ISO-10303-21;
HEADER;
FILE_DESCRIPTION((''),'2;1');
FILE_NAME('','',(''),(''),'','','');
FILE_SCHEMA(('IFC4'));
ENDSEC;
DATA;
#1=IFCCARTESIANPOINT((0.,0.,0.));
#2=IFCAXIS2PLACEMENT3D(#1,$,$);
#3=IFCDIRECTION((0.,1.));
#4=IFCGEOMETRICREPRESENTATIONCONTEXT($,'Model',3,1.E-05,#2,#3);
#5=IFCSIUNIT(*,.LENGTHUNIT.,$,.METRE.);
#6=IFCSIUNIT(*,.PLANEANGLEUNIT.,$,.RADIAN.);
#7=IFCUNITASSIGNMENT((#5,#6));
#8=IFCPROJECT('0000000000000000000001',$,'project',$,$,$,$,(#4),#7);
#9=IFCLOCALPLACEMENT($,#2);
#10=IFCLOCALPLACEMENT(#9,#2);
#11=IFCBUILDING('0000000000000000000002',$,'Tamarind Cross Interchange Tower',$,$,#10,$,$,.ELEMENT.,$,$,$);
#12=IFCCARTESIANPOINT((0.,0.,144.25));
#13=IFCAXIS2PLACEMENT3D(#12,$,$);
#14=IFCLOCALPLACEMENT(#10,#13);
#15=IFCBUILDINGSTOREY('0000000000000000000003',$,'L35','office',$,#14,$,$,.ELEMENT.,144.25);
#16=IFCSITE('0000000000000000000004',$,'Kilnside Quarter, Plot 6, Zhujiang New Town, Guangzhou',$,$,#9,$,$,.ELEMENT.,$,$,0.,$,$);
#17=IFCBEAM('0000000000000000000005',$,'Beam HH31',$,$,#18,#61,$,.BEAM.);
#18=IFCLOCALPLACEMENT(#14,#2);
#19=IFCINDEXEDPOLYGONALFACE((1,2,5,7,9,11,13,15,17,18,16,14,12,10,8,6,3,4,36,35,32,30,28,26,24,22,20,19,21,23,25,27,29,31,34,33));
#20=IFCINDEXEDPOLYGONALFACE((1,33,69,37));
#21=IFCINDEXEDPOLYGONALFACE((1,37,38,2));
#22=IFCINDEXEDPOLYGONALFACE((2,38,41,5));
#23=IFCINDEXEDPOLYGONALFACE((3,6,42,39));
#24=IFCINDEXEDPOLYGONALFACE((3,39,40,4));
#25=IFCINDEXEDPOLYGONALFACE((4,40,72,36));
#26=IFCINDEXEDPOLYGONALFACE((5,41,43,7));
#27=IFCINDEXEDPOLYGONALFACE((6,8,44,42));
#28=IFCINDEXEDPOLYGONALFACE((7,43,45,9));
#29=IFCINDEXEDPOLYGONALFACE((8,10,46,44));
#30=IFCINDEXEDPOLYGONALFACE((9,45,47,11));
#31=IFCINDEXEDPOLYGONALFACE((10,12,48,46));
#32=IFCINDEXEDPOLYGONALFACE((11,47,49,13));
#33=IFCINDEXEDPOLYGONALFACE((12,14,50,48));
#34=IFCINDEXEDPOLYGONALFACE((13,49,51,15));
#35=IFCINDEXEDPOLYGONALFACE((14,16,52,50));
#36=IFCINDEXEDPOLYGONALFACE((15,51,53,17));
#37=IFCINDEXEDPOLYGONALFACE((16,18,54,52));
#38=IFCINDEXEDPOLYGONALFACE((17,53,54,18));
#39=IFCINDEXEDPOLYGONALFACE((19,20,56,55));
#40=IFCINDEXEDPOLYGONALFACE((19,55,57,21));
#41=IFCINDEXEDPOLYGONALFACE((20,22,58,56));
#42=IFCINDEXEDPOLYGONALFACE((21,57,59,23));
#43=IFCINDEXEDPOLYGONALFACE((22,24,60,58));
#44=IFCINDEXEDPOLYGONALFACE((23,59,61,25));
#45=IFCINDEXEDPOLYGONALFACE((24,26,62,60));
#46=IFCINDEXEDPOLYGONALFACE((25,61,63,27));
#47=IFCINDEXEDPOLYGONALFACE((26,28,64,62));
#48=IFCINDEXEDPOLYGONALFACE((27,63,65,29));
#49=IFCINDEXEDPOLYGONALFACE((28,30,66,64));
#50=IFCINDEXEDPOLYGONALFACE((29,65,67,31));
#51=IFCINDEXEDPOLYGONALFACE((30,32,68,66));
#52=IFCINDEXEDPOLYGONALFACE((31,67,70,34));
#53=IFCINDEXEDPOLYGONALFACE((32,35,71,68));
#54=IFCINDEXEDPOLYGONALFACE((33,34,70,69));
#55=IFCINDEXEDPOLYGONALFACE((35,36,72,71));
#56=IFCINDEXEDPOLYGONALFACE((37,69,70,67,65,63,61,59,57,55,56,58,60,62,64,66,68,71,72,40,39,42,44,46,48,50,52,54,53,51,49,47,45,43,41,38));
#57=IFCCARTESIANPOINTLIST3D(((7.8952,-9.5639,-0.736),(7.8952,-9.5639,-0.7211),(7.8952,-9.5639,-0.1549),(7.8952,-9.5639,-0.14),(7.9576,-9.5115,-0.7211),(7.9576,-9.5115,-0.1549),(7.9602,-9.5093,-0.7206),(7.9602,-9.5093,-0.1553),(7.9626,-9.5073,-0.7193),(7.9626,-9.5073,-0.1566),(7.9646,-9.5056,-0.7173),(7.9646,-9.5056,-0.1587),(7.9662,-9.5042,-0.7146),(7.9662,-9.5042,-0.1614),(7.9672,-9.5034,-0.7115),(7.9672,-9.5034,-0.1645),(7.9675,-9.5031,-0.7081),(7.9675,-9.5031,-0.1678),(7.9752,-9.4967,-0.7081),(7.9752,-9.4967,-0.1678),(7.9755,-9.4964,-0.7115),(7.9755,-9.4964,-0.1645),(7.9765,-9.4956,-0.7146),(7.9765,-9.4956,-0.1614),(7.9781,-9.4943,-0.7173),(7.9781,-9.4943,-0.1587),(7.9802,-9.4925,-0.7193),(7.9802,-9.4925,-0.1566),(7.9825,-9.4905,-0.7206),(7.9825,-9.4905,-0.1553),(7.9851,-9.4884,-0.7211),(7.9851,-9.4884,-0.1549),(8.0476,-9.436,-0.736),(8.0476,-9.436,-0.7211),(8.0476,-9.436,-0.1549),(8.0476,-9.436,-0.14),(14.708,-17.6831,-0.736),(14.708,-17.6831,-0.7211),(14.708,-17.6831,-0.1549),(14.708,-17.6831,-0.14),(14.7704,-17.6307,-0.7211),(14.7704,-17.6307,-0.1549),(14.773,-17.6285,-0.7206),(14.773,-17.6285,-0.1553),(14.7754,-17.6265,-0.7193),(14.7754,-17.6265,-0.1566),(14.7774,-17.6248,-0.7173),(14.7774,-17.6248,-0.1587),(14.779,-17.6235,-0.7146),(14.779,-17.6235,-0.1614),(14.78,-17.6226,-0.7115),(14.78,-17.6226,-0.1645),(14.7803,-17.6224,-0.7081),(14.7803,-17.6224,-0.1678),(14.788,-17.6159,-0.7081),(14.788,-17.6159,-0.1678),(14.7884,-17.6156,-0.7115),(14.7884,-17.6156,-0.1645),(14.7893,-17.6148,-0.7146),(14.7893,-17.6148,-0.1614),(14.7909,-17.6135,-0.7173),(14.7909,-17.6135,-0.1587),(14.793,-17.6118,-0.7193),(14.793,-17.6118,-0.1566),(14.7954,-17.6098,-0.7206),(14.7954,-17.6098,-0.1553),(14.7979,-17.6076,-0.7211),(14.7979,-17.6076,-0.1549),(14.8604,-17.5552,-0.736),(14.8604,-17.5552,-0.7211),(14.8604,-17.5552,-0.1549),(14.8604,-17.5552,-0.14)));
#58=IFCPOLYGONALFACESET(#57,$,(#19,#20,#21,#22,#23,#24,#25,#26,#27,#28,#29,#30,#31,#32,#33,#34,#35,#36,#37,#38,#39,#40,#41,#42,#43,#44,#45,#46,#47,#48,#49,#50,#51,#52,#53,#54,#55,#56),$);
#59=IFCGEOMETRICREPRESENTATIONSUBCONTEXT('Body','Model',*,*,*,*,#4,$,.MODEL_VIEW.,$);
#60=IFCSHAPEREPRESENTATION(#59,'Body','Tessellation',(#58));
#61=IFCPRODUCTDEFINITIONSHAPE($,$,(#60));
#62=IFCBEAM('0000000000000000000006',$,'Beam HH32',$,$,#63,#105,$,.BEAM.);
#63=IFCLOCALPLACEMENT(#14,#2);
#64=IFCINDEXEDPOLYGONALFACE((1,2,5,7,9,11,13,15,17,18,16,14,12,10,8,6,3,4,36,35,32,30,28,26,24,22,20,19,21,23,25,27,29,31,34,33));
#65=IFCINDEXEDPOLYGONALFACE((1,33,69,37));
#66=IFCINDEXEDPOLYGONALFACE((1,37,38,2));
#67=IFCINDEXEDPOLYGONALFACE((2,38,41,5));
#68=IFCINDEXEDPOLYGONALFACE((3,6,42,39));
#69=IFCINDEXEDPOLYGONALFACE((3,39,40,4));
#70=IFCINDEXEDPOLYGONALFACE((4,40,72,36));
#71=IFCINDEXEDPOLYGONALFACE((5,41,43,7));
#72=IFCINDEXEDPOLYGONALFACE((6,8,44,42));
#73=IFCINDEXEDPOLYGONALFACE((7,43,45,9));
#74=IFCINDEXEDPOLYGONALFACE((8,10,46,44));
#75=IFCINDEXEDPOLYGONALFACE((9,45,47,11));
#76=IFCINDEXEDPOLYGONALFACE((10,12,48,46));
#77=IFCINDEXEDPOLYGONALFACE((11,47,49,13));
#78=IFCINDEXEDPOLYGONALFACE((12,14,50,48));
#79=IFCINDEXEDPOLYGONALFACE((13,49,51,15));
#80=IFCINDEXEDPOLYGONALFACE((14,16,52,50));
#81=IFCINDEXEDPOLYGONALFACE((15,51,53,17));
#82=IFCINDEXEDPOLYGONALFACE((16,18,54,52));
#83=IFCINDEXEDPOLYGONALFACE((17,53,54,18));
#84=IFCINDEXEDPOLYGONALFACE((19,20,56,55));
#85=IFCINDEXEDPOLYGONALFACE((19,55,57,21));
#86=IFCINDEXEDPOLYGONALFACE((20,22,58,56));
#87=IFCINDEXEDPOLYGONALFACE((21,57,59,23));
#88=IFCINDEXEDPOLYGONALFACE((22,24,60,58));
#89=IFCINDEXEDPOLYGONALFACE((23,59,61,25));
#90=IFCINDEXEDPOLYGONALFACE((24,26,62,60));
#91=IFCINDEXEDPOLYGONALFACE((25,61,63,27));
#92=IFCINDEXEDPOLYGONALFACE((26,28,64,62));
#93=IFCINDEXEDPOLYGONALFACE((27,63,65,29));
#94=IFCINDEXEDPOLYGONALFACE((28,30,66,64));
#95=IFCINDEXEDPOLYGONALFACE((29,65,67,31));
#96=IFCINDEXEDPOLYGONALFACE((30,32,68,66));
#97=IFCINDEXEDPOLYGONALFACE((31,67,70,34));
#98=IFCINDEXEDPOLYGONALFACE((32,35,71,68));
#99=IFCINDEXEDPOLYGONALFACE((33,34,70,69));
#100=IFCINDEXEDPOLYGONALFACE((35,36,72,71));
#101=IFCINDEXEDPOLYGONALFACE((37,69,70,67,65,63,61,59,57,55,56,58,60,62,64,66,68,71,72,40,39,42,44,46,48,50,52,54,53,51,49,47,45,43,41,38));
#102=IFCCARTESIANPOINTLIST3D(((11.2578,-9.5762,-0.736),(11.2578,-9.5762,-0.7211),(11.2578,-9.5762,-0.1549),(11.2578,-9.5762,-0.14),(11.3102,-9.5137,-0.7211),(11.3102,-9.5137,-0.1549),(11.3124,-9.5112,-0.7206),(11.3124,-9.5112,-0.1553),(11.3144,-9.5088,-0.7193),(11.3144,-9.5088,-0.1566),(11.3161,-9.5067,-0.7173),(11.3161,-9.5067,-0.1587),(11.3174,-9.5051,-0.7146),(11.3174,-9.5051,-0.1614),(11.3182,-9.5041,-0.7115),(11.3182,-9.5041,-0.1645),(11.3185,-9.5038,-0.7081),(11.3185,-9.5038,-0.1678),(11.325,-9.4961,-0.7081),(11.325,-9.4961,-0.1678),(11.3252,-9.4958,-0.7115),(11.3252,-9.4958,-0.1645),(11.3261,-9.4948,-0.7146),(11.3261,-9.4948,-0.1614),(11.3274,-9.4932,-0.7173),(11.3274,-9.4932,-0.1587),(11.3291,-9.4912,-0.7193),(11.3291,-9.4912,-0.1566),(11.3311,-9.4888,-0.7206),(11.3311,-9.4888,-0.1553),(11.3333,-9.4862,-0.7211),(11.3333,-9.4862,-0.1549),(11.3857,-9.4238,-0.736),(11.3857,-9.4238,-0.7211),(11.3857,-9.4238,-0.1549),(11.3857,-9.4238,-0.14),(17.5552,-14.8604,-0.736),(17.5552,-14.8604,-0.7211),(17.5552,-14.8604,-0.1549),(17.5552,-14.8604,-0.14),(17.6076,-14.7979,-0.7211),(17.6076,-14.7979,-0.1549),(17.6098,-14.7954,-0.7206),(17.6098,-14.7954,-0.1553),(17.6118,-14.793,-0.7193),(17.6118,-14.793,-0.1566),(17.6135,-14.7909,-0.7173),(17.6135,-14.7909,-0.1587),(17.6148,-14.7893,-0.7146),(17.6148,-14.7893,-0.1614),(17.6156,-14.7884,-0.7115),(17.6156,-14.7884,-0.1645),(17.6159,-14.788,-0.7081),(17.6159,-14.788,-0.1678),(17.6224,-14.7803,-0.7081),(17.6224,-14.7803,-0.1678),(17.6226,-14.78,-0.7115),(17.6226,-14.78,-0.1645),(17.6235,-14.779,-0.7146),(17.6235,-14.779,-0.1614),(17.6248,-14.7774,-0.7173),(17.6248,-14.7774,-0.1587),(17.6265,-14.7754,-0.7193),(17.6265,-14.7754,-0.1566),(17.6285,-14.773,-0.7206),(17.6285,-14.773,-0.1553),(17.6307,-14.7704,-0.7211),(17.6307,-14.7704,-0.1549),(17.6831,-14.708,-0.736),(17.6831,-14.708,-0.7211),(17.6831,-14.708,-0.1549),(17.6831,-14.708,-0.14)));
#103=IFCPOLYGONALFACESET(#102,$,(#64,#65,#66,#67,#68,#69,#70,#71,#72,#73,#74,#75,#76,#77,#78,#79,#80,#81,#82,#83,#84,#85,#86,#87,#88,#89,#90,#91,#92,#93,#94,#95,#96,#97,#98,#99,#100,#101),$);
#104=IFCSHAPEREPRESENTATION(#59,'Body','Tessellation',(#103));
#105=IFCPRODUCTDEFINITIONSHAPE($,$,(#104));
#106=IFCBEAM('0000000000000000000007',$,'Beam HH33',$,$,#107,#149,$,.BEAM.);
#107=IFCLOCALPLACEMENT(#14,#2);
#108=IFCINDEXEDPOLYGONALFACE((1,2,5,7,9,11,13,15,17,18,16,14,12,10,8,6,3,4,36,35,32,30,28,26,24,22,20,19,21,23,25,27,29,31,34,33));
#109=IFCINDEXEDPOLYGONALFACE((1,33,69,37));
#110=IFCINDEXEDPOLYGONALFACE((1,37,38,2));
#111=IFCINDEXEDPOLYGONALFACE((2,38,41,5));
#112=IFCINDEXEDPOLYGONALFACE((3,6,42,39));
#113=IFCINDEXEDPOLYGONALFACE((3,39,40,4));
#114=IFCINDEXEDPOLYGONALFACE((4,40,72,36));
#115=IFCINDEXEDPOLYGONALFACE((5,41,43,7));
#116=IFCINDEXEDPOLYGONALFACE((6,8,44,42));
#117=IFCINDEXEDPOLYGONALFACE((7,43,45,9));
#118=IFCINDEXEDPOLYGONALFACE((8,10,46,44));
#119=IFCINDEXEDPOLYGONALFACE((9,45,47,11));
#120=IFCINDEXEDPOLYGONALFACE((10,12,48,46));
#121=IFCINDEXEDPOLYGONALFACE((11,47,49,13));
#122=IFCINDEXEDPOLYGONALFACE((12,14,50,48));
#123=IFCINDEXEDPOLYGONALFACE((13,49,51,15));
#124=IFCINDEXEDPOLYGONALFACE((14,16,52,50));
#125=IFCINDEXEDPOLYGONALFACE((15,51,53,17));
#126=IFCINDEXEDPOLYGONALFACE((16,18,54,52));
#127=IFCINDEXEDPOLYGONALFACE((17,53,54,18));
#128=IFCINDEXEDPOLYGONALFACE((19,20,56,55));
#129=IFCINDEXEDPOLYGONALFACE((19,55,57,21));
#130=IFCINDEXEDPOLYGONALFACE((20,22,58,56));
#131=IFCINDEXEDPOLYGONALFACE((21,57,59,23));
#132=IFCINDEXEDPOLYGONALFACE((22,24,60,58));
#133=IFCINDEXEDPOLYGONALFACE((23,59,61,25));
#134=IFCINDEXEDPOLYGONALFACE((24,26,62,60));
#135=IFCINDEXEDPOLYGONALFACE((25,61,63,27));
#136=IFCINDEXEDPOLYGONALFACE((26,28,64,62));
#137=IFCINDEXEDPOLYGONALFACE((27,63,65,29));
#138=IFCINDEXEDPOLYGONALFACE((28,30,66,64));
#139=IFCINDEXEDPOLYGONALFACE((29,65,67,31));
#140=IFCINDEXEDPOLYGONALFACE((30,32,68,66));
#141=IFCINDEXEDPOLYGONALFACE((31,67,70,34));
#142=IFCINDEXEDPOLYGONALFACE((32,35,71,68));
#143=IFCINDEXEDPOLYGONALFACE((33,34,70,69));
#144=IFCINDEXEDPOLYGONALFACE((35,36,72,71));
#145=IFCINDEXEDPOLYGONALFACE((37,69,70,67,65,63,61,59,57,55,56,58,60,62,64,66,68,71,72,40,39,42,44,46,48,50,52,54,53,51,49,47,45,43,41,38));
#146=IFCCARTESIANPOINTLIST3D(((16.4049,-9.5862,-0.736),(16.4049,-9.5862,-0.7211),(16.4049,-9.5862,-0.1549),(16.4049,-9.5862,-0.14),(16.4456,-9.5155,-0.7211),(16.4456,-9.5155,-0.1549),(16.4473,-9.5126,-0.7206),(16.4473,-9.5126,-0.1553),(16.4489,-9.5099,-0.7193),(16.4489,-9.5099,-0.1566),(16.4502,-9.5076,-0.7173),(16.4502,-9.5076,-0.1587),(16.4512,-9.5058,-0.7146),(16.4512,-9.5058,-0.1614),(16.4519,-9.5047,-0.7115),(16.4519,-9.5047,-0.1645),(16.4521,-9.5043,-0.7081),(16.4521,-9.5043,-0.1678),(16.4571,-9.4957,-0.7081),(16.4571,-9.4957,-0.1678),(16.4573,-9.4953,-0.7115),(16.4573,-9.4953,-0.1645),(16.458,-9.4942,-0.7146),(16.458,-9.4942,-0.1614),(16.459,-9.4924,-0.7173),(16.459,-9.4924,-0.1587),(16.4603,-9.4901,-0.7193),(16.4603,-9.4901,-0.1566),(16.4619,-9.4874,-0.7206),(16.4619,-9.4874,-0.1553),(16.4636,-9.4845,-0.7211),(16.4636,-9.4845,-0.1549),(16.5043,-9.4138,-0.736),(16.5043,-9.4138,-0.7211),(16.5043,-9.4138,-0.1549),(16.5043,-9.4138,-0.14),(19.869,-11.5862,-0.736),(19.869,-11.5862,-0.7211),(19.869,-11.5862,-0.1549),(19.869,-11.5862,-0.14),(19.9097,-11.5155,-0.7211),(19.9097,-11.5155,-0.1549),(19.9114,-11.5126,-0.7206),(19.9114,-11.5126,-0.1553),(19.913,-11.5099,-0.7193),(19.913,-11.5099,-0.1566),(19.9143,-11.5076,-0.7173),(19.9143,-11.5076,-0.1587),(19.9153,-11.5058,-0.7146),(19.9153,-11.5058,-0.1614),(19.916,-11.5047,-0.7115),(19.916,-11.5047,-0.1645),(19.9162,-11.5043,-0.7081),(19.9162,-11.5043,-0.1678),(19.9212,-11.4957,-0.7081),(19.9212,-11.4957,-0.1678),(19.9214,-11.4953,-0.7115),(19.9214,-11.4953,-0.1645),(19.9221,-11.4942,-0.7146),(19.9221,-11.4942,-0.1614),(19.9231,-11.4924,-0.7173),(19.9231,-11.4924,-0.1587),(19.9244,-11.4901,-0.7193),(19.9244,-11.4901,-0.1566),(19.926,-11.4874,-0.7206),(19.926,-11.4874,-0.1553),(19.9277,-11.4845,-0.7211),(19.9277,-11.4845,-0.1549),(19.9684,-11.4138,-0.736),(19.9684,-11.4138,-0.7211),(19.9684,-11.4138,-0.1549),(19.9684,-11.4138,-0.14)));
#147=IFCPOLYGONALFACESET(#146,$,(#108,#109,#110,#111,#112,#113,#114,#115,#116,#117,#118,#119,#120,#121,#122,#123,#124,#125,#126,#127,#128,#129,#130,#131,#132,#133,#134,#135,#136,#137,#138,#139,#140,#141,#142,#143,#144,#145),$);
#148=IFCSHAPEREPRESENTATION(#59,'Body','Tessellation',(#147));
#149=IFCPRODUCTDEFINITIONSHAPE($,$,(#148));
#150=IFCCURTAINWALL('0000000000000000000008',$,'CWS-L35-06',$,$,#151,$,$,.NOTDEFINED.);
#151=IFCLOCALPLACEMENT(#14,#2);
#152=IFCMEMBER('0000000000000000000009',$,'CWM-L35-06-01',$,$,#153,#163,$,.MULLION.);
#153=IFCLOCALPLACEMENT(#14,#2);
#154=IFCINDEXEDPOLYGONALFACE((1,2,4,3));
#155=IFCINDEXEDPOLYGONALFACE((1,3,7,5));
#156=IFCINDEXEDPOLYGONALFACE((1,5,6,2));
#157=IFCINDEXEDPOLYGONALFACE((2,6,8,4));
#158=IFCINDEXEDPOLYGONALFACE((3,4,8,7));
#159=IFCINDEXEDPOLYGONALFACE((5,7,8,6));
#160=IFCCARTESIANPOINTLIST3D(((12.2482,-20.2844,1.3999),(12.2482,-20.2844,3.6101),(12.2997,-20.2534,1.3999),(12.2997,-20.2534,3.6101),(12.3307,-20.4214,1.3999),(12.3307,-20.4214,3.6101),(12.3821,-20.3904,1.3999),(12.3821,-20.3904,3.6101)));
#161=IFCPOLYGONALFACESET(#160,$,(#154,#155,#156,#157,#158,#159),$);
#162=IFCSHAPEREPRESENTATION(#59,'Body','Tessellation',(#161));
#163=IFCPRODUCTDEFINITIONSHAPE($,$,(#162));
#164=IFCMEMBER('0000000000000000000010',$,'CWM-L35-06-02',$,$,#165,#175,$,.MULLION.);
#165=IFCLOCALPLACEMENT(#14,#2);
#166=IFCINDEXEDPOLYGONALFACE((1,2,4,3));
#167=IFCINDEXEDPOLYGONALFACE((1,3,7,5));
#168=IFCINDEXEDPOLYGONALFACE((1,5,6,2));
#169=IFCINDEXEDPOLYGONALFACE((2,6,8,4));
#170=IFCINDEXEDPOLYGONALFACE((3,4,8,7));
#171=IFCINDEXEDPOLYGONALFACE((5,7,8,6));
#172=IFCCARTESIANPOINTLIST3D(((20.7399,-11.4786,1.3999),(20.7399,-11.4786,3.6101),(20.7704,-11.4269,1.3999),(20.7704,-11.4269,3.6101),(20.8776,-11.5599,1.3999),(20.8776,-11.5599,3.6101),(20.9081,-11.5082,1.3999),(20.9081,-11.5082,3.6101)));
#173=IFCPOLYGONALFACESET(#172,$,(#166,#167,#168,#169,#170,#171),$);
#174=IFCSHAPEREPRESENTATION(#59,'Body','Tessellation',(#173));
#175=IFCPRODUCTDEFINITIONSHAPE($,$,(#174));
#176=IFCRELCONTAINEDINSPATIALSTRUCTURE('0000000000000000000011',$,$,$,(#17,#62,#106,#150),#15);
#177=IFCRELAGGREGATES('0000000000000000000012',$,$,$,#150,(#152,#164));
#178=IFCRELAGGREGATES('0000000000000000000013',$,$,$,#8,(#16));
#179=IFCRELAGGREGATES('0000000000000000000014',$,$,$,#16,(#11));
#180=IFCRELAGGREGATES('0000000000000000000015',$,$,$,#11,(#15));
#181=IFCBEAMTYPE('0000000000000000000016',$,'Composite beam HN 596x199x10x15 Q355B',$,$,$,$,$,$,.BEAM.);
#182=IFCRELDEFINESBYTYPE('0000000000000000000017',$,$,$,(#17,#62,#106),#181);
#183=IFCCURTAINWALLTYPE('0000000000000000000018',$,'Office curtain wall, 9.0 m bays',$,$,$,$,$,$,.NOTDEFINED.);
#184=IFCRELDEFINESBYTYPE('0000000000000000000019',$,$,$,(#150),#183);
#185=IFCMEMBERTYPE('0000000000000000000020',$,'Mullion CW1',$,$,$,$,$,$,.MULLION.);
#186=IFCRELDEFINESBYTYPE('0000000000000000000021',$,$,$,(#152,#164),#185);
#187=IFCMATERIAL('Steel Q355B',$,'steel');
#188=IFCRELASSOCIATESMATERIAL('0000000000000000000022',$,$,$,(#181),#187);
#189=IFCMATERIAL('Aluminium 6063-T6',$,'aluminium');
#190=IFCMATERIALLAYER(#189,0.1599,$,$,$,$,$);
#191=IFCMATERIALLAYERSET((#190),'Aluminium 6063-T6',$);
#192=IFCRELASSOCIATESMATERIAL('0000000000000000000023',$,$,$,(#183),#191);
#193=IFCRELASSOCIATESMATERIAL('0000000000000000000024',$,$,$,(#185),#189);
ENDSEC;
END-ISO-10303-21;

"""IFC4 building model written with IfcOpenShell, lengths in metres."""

from ifc_helpers import new_model, si_unit, direction, frame, origin, origin_2d, place, context, subcontext, project, spatial, rectangle, i_section, extrude, material, layer, layer_set, material_profile, profile_set, type_object, element, aggregate, save


model = new_model("IFC4")

# Units and contexts
model_context = context("Model", 3, precision=1e-05, world=origin(), true_north=direction((0.0, 1.0)))
body_context = subcontext(model_context, "Body", "Model", "MODEL_VIEW")
ifc_project = project(units=[si_unit("LENGTHUNIT", "METRE"), si_unit("PLANEANGLEUNIT", "RADIAN")], contexts=[model_context])

# Site, building, storey
site_placement = place(None, origin())
site = spatial("IfcSite", under=ifc_project, at=site_placement, Name="Kilnside Quarter, Plot 6, Zhujiang New Town, Guangzhou", CompositionType="ELEMENT", RefElevation=0.0)
building_placement = place(site_placement, origin())
building = spatial("IfcBuilding", under=site, at=building_placement, Name="Tamarind Cross Interchange Tower", CompositionType="ELEMENT")
storey_placement = place(building_placement, frame((0.0, 0.0, 144.25)))
storey = spatial("IfcBuildingStorey", under=building, at=storey_placement, Name="L35", Description="office", CompositionType="ELEMENT", Elevation=144.25)

# Beams
ifc_material_1 = material(Name="Steel Q355B", Category="steel")
ifc_material_profile_1 = material_profile(ifc_material_1, i_section(OverallWidth=0.199, OverallDepth=0.5959, WebThickness=0.01, FlangeThickness=0.0149, FilletRadius=0.0129, at=origin_2d()), Name="HN 596x199x10x15")
ifc_profile_set_1 = profile_set([ifc_material_profile_1], Name="Steel Q355B")
beam_type = type_object("IfcBeamType", Name="Composite beam HN 596x199x10x15 Q355B", PredefinedType="BEAM", material=ifc_profile_set_1)
beam_1_placement = place(storey_placement, frame((14.7842, -17.6191, -0.438), z_axis=(-0.642786, 0.766046, 0.0), x_axis=(-0.766046, -0.642786, 0.0)))
element("IfcBeam", 1, at=beam_1_placement, inside=storey, type_object=beam_type, Name="Beam HH31", PredefinedType="BEAM", context=body_context, shape_type="SweptSolid", body=[
    extrude(i_section(OverallWidth=0.199, OverallDepth=0.5959, WebThickness=0.01, FlangeThickness=0.0149, FilletRadius=0.0129, at=origin_2d()), origin(), (0.0, 0.0, 1.0), 10.5989),
])
beam_2_placement = place(storey_placement, frame((17.6191, -14.7842, -0.438), z_axis=(-0.766041, 0.642792, 0.0), x_axis=(-0.642792, -0.766041, 0.0)))
element("IfcBeam", 2, at=beam_2_placement, inside=storey, type_object=beam_type, Name="Beam HH32", PredefinedType="BEAM", context=body_context, shape_type="SweptSolid", body=[
    extrude(i_section(OverallWidth=0.199, OverallDepth=0.5959, WebThickness=0.01, FlangeThickness=0.0149, FilletRadius=0.0129, at=origin_2d()), origin(), (0.0, 0.0, 1.0), 8.2207),
])
beam_3_placement = place(storey_placement, frame((19.9187, -11.5, -0.438), z_axis=(-0.866026, 0.499999, 0.0), x_axis=(-0.499999, -0.866026, 0.0)))
element("IfcBeam", 3, at=beam_3_placement, inside=storey, type_object=beam_type, Name="Beam HH33", PredefinedType="BEAM", context=body_context, shape_type="SweptSolid", body=[
    extrude(i_section(OverallWidth=0.199, OverallDepth=0.5959, WebThickness=0.01, FlangeThickness=0.0149, FilletRadius=0.0129, at=origin_2d()), origin(), (0.0, 0.0, 1.0), 4.0),
])

# Curtain wall, members
ifc_material_2 = material(Name="Aluminium 6063-T6", Category="aluminium")
ifc_layer_1 = layer(ifc_material_2, 0.1599)
ifc_layer_set_1 = layer_set([ifc_layer_1], Name="Aluminium 6063-T6")
curtain_wall_type = type_object("IfcCurtainWallType", Name="Office curtain wall, 9.0 m bays", PredefinedType="NOTDEFINED", material=ifc_layer_set_1)
curtain_wall_placement = place(storey_placement, origin())
curtain_wall = element("IfcCurtainWall", 4, at=curtain_wall_placement, inside=storey, type_object=curtain_wall_type, Name="CWS-L35-06", PredefinedType="NOTDEFINED")
ifc_material_profile_2 = material_profile(ifc_material_2, rectangle(XDim=0.0601, YDim=0.1599, at=origin_2d()), Name="Mullion CW1")
ifc_profile_set_2 = profile_set([ifc_material_profile_2], Name="Aluminium 6063-T6")
member_type = type_object("IfcMemberType", Name="Mullion CW1", PredefinedType="MULLION", material=ifc_profile_set_2)
member_1_placement = place(storey_placement, frame((12.3152, -20.3374, 1.3999), z_axis=(0.0, 0.0, 1.0), x_axis=(0.856828, 0.515602, 0.0)))
member_1 = element("IfcMember", 5, at=member_1_placement, type_object=member_type, Name="CWM-L35-06-01", PredefinedType="MULLION", context=body_context, shape_type="SweptSolid", body=[
    extrude(rectangle(XDim=0.0601, YDim=0.1599, at=origin_2d()), origin(), (0.0, 0.0, 1.0), 2.2102),
])
member_2_placement = place(storey_placement, frame((20.824, -11.4934, 1.3999), z_axis=(0.0, 0.0, 1.0), x_axis=(0.508183, 0.861249, 0.0)))
member_2 = element("IfcMember", 6, at=member_2_placement, type_object=member_type, Name="CWM-L35-06-02", PredefinedType="MULLION", context=body_context, shape_type="SweptSolid", body=[
    extrude(rectangle(XDim=0.0601, YDim=0.1599, at=origin_2d()), origin(), (0.0, 0.0, 1.0), 2.2102),
])
aggregate(curtain_wall, [member_1, member_2])

save(model, "model.ifc")
